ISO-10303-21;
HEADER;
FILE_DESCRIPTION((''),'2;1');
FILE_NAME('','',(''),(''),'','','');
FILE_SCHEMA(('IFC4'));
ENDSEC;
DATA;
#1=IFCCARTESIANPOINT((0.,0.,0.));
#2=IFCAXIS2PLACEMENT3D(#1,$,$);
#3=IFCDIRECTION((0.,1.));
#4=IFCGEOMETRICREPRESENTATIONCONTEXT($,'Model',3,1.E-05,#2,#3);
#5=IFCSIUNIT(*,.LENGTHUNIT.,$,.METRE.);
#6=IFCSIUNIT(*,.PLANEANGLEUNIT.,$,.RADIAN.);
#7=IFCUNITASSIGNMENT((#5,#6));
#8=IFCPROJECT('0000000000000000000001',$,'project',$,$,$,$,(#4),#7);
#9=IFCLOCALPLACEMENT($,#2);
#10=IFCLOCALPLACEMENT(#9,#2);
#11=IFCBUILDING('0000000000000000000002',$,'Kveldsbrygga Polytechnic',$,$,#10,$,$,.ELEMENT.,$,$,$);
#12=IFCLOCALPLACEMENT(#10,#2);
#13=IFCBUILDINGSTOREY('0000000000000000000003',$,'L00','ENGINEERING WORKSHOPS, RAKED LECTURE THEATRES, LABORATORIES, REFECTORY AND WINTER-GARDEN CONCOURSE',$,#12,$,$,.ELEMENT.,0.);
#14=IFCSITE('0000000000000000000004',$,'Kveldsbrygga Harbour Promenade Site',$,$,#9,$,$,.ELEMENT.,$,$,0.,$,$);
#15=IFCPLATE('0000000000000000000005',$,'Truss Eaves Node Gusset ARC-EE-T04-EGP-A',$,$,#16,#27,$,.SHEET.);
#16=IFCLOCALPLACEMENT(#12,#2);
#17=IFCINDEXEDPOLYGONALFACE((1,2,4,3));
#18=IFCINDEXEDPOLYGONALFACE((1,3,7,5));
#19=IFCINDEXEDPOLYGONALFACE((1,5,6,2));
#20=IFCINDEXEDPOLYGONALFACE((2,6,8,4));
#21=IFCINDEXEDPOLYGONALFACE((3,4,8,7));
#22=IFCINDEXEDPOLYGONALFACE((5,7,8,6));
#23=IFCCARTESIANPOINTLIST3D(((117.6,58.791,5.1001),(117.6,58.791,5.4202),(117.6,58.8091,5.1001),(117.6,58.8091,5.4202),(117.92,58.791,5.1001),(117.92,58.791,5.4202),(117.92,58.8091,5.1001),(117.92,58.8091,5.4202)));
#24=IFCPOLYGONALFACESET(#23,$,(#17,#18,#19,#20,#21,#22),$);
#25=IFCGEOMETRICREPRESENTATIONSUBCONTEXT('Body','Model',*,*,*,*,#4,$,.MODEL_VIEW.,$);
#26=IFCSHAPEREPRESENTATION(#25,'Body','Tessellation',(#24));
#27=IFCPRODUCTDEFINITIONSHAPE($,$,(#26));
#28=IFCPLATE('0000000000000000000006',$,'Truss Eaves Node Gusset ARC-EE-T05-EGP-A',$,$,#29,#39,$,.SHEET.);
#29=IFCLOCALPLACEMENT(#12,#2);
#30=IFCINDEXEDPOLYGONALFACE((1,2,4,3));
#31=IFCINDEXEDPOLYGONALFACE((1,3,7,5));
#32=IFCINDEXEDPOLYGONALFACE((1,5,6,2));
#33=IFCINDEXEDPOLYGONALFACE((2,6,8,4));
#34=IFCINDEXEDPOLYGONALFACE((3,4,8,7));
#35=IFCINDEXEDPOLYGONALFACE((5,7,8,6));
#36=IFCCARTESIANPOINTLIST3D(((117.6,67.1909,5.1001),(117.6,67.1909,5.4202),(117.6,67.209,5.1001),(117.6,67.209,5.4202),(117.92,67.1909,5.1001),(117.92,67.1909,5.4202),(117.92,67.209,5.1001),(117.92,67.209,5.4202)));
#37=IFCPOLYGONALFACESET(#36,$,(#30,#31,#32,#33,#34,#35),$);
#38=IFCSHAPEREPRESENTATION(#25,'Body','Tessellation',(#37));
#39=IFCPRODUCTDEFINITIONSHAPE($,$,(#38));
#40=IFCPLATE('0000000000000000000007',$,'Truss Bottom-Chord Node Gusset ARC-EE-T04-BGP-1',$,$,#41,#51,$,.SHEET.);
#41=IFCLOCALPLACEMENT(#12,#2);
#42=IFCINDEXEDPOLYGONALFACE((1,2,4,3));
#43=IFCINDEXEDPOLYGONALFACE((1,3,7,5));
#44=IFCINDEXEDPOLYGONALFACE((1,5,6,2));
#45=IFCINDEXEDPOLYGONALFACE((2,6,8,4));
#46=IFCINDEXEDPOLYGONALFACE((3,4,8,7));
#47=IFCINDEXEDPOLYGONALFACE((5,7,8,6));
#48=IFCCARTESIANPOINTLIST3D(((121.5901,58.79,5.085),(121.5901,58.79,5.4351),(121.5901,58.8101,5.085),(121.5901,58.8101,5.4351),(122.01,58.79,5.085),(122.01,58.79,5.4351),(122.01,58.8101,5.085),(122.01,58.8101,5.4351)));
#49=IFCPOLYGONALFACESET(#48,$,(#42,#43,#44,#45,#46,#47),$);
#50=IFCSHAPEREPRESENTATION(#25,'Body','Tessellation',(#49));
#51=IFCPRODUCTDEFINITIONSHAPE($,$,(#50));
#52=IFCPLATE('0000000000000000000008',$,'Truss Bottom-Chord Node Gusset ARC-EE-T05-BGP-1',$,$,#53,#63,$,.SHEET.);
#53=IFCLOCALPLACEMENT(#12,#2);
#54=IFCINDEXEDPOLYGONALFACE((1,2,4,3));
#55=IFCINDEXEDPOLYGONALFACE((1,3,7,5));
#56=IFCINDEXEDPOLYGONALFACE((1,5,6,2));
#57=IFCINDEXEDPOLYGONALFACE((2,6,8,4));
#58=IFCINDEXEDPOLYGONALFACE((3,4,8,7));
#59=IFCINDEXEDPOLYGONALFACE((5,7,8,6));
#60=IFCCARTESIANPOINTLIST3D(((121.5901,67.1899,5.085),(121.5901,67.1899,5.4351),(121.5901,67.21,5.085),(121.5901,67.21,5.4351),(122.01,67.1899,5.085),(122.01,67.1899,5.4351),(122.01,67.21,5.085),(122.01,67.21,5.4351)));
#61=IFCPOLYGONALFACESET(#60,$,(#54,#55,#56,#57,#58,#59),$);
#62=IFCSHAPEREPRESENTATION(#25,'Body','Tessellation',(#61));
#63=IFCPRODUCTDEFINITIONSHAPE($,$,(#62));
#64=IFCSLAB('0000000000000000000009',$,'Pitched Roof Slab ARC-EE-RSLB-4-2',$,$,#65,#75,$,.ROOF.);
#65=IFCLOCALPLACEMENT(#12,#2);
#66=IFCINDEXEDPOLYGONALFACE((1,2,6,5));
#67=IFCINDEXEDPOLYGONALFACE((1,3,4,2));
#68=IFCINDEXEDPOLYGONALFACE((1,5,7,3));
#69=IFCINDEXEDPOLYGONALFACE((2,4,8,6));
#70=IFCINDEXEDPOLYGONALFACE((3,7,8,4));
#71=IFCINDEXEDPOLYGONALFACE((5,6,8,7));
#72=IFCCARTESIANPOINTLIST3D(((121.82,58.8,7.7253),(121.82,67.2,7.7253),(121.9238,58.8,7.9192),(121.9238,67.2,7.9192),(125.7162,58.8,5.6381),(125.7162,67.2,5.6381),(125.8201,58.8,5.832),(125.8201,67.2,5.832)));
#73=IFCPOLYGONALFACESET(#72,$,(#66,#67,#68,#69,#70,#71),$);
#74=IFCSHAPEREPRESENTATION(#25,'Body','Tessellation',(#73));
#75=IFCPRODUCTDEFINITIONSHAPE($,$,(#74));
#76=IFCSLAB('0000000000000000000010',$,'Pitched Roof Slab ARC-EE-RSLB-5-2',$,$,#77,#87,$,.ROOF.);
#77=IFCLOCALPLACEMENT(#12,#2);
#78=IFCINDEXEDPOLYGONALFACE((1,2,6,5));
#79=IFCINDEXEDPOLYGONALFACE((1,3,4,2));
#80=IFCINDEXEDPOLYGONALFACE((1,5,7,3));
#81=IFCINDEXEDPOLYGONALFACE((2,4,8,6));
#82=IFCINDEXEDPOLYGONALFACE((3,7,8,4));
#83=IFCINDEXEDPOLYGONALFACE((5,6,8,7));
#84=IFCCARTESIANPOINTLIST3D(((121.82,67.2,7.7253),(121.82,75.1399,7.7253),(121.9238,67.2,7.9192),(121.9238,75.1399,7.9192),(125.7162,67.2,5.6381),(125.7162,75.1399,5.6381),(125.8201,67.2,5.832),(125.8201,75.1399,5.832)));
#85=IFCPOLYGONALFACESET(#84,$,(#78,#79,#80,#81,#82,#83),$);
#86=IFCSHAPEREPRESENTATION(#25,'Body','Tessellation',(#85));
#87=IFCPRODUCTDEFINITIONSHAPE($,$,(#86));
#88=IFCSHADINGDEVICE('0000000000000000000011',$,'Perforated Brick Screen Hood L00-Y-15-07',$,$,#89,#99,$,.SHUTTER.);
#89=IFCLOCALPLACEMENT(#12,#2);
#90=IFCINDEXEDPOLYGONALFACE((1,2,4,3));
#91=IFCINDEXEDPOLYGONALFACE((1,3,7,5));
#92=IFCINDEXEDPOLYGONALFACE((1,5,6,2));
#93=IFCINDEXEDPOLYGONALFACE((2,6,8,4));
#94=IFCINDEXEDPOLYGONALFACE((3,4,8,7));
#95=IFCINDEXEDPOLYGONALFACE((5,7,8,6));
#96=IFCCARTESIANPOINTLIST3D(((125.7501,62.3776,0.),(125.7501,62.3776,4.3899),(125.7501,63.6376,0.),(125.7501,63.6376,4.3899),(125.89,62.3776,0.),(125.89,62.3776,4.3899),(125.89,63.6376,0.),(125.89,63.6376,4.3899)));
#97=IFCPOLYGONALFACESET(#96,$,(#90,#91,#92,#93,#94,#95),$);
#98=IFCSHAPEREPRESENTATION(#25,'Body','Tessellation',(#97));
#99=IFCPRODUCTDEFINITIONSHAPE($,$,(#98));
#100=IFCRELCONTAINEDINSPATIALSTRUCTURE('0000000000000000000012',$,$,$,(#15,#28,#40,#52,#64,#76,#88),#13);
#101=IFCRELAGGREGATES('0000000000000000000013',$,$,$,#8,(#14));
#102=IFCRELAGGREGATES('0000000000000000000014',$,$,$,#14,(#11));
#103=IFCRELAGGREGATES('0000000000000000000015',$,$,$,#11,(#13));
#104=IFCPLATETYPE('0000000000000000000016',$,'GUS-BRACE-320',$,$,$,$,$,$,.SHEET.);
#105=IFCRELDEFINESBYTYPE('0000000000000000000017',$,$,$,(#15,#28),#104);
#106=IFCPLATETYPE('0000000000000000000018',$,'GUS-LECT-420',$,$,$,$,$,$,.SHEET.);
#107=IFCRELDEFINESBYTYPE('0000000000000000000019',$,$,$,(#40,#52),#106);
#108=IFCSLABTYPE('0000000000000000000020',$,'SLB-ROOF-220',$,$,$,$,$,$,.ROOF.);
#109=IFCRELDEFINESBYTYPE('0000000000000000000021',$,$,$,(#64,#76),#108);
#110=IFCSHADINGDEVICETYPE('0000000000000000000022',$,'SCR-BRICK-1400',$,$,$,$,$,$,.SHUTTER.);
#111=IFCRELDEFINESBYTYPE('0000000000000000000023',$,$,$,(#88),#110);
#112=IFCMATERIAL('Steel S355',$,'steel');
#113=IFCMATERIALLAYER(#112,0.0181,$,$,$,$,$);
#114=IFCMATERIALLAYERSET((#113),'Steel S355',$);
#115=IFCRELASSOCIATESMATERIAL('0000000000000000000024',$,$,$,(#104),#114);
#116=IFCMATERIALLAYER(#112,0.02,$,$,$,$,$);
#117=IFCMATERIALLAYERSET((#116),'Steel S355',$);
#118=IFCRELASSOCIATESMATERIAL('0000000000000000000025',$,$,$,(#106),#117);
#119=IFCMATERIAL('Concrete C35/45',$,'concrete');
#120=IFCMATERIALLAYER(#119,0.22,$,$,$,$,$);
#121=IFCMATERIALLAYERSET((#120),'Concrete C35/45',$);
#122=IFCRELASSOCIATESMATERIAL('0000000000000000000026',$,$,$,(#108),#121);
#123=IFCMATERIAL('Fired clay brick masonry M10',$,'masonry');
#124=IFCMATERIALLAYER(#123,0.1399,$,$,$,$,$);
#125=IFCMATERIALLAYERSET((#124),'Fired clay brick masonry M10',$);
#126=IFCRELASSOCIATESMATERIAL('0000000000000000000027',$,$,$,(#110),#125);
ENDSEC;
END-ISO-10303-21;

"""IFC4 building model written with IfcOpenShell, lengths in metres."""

from ifc_helpers import new_model, si_unit, direction, frame, origin, origin_2d, place, context, subcontext, project, spatial, polyline, rectangle, outline, extrude, material, layer, layer_set, type_object, element, save


model = new_model("IFC4")

# Units and contexts
model_context = context("Model", 3, precision=1e-05, world=origin(), true_north=direction((0.0, 1.0)))
body_context = subcontext(model_context, "Body", "Model", "MODEL_VIEW")
ifc_project = project(units=[si_unit("LENGTHUNIT", "METRE"), si_unit("PLANEANGLEUNIT", "RADIAN")], contexts=[model_context])

# Site, building, storey
site_placement = place(None, origin())
site = spatial("IfcSite", under=ifc_project, at=site_placement, Name="Kveldsbrygga Harbour Promenade Site", CompositionType="ELEMENT", RefElevation=0.0)
building_placement = place(site_placement, origin())
building = spatial("IfcBuilding", under=site, at=building_placement, Name="Kveldsbrygga Polytechnic", CompositionType="ELEMENT")
storey_placement = place(building_placement, origin())
storey = spatial("IfcBuildingStorey", under=building, at=storey_placement, Name="L00", Description="ENGINEERING WORKSHOPS, RAKED LECTURE THEATRES, LABORATORIES, REFECTORY AND WINTER-GARDEN CONCOURSE", CompositionType="ELEMENT", Elevation=0.0)

# Shared definitions
ifc_material_1 = material(Name="Steel S355", Category="steel")

# Plates
ifc_layer_1 = layer(ifc_material_1, 0.0181)
ifc_layer_set_1 = layer_set([ifc_layer_1], Name="Steel S355")
plate_type_1 = type_object("IfcPlateType", Name="GUS-BRACE-320", PredefinedType="SHEET", material=ifc_layer_set_1)
for number, where, z_axis, x_axis, name in (
    (1, (117.76, 58.8, 5.1001), (0.0, 0.0, 1.0), (1.0, 0.0, 0.0), "Truss Eaves Node Gusset ARC-EE-T04-EGP-A"),
    (2, (117.76, 67.2, 5.1001), (0.0, 0.0, 1.0), (1.0, 0.0, 0.0), "Truss Eaves Node Gusset ARC-EE-T05-EGP-A"),
):
    element("IfcPlate", number, at=place(storey_placement, frame(where, z_axis=z_axis, x_axis=x_axis)), inside=storey, type_object=plate_type_1, Name=name, PredefinedType="SHEET", context=body_context, shape_type="SweptSolid", body=[
        extrude(rectangle(XDim=0.3201, YDim=0.0181, at=origin_2d()), origin(), (0.0, 0.0, 1.0), 0.3201),
    ])
ifc_layer_2 = layer(ifc_material_1, 0.02)
ifc_layer_set_2 = layer_set([ifc_layer_2], Name="Steel S355")
plate_type_2 = type_object("IfcPlateType", Name="GUS-LECT-420", PredefinedType="SHEET", material=ifc_layer_set_2)
for number, where, z_axis, x_axis, name in (
    (3, (121.8, 58.8, 5.085), (0.0, 0.0, 1.0), (1.0, 0.0, 0.0), "Truss Bottom-Chord Node Gusset ARC-EE-T04-BGP-1"),
    (4, (121.8, 67.2, 5.085), (0.0, 0.0, 1.0), (1.0, 0.0, 0.0), "Truss Bottom-Chord Node Gusset ARC-EE-T05-BGP-1"),
):
    element("IfcPlate", number, at=place(storey_placement, frame(where, z_axis=z_axis, x_axis=x_axis)), inside=storey, type_object=plate_type_2, Name=name, PredefinedType="SHEET", context=body_context, shape_type="SweptSolid", body=[
        extrude(rectangle(XDim=0.4199, YDim=0.02, at=origin_2d()), origin(), (0.0, 0.0, 1.0), 0.3501),
    ])

# Slabs
ifc_material_2 = material(Name="Concrete C35/45", Category="concrete")
ifc_layer_3 = layer(ifc_material_2, 0.22)
ifc_layer_set_3 = layer_set([ifc_layer_3], Name="Concrete C35/45")
slab_type = type_object("IfcSlabType", Name="SLB-ROOF-220", PredefinedType="ROOF", material=ifc_layer_set_3)
slab_1_placement = place(storey_placement, frame((121.9238, 58.8, 7.9192), z_axis=(0.472201, 0.0, 0.881491), x_axis=(0.881491, 0.0, -0.472201)))
element("IfcSlab", 5, at=slab_1_placement, inside=storey, type_object=slab_type, Name="Pitched Roof Slab ARC-EE-RSLB-4-2", PredefinedType="ROOF", context=body_context, shape_type="SweptSolid", body=[
    extrude(outline(polyline([(0.0, 0.0), (4.4201, 0.0), (4.4201, 8.3999), (0.0, 8.3999), (0.0, 0.0)])), origin(), (0.0, 0.0, -1.0), 0.22),
])
slab_2_placement = place(storey_placement, frame((121.9238, 67.2, 7.9192), z_axis=(0.472201, 0.0, 0.881491), x_axis=(0.881491, 0.0, -0.472201)))
element("IfcSlab", 6, at=slab_2_placement, inside=storey, type_object=slab_type, Name="Pitched Roof Slab ARC-EE-RSLB-5-2", PredefinedType="ROOF", context=body_context, shape_type="SweptSolid", body=[
    extrude(outline(polyline([(0.0, 0.0), (4.4201, 0.0), (4.4201, 7.9399), (0.0, 7.9399), (0.0, 0.0)])), origin(), (0.0, 0.0, -1.0), 0.22),
])

# Shading device
ifc_material_3 = material(Name="Fired clay brick masonry M10", Category="masonry")
ifc_layer_4 = layer(ifc_material_3, 0.1399)
ifc_layer_set_4 = layer_set([ifc_layer_4], Name="Fired clay brick masonry M10")
shading_device_type = type_object("IfcShadingDeviceType", Name="SCR-BRICK-1400", PredefinedType="SHUTTER", material=ifc_layer_set_4)
shading_device_placement = place(storey_placement, frame((125.8201, 63.0076, 0.0), z_axis=(0.0, 0.0, 1.0), x_axis=(0.0, 1.0, 0.0)))
element("IfcShadingDevice", 7, at=shading_device_placement, inside=storey, type_object=shading_device_type, Name="Perforated Brick Screen Hood L00-Y-15-07", PredefinedType="SHUTTER", context=body_context, shape_type="SweptSolid", body=[
    extrude(rectangle(XDim=1.26, YDim=0.1399, at=origin_2d()), origin(), (0.0, 0.0, 1.0), 4.3899),
])

save(model, "model.ifc")
